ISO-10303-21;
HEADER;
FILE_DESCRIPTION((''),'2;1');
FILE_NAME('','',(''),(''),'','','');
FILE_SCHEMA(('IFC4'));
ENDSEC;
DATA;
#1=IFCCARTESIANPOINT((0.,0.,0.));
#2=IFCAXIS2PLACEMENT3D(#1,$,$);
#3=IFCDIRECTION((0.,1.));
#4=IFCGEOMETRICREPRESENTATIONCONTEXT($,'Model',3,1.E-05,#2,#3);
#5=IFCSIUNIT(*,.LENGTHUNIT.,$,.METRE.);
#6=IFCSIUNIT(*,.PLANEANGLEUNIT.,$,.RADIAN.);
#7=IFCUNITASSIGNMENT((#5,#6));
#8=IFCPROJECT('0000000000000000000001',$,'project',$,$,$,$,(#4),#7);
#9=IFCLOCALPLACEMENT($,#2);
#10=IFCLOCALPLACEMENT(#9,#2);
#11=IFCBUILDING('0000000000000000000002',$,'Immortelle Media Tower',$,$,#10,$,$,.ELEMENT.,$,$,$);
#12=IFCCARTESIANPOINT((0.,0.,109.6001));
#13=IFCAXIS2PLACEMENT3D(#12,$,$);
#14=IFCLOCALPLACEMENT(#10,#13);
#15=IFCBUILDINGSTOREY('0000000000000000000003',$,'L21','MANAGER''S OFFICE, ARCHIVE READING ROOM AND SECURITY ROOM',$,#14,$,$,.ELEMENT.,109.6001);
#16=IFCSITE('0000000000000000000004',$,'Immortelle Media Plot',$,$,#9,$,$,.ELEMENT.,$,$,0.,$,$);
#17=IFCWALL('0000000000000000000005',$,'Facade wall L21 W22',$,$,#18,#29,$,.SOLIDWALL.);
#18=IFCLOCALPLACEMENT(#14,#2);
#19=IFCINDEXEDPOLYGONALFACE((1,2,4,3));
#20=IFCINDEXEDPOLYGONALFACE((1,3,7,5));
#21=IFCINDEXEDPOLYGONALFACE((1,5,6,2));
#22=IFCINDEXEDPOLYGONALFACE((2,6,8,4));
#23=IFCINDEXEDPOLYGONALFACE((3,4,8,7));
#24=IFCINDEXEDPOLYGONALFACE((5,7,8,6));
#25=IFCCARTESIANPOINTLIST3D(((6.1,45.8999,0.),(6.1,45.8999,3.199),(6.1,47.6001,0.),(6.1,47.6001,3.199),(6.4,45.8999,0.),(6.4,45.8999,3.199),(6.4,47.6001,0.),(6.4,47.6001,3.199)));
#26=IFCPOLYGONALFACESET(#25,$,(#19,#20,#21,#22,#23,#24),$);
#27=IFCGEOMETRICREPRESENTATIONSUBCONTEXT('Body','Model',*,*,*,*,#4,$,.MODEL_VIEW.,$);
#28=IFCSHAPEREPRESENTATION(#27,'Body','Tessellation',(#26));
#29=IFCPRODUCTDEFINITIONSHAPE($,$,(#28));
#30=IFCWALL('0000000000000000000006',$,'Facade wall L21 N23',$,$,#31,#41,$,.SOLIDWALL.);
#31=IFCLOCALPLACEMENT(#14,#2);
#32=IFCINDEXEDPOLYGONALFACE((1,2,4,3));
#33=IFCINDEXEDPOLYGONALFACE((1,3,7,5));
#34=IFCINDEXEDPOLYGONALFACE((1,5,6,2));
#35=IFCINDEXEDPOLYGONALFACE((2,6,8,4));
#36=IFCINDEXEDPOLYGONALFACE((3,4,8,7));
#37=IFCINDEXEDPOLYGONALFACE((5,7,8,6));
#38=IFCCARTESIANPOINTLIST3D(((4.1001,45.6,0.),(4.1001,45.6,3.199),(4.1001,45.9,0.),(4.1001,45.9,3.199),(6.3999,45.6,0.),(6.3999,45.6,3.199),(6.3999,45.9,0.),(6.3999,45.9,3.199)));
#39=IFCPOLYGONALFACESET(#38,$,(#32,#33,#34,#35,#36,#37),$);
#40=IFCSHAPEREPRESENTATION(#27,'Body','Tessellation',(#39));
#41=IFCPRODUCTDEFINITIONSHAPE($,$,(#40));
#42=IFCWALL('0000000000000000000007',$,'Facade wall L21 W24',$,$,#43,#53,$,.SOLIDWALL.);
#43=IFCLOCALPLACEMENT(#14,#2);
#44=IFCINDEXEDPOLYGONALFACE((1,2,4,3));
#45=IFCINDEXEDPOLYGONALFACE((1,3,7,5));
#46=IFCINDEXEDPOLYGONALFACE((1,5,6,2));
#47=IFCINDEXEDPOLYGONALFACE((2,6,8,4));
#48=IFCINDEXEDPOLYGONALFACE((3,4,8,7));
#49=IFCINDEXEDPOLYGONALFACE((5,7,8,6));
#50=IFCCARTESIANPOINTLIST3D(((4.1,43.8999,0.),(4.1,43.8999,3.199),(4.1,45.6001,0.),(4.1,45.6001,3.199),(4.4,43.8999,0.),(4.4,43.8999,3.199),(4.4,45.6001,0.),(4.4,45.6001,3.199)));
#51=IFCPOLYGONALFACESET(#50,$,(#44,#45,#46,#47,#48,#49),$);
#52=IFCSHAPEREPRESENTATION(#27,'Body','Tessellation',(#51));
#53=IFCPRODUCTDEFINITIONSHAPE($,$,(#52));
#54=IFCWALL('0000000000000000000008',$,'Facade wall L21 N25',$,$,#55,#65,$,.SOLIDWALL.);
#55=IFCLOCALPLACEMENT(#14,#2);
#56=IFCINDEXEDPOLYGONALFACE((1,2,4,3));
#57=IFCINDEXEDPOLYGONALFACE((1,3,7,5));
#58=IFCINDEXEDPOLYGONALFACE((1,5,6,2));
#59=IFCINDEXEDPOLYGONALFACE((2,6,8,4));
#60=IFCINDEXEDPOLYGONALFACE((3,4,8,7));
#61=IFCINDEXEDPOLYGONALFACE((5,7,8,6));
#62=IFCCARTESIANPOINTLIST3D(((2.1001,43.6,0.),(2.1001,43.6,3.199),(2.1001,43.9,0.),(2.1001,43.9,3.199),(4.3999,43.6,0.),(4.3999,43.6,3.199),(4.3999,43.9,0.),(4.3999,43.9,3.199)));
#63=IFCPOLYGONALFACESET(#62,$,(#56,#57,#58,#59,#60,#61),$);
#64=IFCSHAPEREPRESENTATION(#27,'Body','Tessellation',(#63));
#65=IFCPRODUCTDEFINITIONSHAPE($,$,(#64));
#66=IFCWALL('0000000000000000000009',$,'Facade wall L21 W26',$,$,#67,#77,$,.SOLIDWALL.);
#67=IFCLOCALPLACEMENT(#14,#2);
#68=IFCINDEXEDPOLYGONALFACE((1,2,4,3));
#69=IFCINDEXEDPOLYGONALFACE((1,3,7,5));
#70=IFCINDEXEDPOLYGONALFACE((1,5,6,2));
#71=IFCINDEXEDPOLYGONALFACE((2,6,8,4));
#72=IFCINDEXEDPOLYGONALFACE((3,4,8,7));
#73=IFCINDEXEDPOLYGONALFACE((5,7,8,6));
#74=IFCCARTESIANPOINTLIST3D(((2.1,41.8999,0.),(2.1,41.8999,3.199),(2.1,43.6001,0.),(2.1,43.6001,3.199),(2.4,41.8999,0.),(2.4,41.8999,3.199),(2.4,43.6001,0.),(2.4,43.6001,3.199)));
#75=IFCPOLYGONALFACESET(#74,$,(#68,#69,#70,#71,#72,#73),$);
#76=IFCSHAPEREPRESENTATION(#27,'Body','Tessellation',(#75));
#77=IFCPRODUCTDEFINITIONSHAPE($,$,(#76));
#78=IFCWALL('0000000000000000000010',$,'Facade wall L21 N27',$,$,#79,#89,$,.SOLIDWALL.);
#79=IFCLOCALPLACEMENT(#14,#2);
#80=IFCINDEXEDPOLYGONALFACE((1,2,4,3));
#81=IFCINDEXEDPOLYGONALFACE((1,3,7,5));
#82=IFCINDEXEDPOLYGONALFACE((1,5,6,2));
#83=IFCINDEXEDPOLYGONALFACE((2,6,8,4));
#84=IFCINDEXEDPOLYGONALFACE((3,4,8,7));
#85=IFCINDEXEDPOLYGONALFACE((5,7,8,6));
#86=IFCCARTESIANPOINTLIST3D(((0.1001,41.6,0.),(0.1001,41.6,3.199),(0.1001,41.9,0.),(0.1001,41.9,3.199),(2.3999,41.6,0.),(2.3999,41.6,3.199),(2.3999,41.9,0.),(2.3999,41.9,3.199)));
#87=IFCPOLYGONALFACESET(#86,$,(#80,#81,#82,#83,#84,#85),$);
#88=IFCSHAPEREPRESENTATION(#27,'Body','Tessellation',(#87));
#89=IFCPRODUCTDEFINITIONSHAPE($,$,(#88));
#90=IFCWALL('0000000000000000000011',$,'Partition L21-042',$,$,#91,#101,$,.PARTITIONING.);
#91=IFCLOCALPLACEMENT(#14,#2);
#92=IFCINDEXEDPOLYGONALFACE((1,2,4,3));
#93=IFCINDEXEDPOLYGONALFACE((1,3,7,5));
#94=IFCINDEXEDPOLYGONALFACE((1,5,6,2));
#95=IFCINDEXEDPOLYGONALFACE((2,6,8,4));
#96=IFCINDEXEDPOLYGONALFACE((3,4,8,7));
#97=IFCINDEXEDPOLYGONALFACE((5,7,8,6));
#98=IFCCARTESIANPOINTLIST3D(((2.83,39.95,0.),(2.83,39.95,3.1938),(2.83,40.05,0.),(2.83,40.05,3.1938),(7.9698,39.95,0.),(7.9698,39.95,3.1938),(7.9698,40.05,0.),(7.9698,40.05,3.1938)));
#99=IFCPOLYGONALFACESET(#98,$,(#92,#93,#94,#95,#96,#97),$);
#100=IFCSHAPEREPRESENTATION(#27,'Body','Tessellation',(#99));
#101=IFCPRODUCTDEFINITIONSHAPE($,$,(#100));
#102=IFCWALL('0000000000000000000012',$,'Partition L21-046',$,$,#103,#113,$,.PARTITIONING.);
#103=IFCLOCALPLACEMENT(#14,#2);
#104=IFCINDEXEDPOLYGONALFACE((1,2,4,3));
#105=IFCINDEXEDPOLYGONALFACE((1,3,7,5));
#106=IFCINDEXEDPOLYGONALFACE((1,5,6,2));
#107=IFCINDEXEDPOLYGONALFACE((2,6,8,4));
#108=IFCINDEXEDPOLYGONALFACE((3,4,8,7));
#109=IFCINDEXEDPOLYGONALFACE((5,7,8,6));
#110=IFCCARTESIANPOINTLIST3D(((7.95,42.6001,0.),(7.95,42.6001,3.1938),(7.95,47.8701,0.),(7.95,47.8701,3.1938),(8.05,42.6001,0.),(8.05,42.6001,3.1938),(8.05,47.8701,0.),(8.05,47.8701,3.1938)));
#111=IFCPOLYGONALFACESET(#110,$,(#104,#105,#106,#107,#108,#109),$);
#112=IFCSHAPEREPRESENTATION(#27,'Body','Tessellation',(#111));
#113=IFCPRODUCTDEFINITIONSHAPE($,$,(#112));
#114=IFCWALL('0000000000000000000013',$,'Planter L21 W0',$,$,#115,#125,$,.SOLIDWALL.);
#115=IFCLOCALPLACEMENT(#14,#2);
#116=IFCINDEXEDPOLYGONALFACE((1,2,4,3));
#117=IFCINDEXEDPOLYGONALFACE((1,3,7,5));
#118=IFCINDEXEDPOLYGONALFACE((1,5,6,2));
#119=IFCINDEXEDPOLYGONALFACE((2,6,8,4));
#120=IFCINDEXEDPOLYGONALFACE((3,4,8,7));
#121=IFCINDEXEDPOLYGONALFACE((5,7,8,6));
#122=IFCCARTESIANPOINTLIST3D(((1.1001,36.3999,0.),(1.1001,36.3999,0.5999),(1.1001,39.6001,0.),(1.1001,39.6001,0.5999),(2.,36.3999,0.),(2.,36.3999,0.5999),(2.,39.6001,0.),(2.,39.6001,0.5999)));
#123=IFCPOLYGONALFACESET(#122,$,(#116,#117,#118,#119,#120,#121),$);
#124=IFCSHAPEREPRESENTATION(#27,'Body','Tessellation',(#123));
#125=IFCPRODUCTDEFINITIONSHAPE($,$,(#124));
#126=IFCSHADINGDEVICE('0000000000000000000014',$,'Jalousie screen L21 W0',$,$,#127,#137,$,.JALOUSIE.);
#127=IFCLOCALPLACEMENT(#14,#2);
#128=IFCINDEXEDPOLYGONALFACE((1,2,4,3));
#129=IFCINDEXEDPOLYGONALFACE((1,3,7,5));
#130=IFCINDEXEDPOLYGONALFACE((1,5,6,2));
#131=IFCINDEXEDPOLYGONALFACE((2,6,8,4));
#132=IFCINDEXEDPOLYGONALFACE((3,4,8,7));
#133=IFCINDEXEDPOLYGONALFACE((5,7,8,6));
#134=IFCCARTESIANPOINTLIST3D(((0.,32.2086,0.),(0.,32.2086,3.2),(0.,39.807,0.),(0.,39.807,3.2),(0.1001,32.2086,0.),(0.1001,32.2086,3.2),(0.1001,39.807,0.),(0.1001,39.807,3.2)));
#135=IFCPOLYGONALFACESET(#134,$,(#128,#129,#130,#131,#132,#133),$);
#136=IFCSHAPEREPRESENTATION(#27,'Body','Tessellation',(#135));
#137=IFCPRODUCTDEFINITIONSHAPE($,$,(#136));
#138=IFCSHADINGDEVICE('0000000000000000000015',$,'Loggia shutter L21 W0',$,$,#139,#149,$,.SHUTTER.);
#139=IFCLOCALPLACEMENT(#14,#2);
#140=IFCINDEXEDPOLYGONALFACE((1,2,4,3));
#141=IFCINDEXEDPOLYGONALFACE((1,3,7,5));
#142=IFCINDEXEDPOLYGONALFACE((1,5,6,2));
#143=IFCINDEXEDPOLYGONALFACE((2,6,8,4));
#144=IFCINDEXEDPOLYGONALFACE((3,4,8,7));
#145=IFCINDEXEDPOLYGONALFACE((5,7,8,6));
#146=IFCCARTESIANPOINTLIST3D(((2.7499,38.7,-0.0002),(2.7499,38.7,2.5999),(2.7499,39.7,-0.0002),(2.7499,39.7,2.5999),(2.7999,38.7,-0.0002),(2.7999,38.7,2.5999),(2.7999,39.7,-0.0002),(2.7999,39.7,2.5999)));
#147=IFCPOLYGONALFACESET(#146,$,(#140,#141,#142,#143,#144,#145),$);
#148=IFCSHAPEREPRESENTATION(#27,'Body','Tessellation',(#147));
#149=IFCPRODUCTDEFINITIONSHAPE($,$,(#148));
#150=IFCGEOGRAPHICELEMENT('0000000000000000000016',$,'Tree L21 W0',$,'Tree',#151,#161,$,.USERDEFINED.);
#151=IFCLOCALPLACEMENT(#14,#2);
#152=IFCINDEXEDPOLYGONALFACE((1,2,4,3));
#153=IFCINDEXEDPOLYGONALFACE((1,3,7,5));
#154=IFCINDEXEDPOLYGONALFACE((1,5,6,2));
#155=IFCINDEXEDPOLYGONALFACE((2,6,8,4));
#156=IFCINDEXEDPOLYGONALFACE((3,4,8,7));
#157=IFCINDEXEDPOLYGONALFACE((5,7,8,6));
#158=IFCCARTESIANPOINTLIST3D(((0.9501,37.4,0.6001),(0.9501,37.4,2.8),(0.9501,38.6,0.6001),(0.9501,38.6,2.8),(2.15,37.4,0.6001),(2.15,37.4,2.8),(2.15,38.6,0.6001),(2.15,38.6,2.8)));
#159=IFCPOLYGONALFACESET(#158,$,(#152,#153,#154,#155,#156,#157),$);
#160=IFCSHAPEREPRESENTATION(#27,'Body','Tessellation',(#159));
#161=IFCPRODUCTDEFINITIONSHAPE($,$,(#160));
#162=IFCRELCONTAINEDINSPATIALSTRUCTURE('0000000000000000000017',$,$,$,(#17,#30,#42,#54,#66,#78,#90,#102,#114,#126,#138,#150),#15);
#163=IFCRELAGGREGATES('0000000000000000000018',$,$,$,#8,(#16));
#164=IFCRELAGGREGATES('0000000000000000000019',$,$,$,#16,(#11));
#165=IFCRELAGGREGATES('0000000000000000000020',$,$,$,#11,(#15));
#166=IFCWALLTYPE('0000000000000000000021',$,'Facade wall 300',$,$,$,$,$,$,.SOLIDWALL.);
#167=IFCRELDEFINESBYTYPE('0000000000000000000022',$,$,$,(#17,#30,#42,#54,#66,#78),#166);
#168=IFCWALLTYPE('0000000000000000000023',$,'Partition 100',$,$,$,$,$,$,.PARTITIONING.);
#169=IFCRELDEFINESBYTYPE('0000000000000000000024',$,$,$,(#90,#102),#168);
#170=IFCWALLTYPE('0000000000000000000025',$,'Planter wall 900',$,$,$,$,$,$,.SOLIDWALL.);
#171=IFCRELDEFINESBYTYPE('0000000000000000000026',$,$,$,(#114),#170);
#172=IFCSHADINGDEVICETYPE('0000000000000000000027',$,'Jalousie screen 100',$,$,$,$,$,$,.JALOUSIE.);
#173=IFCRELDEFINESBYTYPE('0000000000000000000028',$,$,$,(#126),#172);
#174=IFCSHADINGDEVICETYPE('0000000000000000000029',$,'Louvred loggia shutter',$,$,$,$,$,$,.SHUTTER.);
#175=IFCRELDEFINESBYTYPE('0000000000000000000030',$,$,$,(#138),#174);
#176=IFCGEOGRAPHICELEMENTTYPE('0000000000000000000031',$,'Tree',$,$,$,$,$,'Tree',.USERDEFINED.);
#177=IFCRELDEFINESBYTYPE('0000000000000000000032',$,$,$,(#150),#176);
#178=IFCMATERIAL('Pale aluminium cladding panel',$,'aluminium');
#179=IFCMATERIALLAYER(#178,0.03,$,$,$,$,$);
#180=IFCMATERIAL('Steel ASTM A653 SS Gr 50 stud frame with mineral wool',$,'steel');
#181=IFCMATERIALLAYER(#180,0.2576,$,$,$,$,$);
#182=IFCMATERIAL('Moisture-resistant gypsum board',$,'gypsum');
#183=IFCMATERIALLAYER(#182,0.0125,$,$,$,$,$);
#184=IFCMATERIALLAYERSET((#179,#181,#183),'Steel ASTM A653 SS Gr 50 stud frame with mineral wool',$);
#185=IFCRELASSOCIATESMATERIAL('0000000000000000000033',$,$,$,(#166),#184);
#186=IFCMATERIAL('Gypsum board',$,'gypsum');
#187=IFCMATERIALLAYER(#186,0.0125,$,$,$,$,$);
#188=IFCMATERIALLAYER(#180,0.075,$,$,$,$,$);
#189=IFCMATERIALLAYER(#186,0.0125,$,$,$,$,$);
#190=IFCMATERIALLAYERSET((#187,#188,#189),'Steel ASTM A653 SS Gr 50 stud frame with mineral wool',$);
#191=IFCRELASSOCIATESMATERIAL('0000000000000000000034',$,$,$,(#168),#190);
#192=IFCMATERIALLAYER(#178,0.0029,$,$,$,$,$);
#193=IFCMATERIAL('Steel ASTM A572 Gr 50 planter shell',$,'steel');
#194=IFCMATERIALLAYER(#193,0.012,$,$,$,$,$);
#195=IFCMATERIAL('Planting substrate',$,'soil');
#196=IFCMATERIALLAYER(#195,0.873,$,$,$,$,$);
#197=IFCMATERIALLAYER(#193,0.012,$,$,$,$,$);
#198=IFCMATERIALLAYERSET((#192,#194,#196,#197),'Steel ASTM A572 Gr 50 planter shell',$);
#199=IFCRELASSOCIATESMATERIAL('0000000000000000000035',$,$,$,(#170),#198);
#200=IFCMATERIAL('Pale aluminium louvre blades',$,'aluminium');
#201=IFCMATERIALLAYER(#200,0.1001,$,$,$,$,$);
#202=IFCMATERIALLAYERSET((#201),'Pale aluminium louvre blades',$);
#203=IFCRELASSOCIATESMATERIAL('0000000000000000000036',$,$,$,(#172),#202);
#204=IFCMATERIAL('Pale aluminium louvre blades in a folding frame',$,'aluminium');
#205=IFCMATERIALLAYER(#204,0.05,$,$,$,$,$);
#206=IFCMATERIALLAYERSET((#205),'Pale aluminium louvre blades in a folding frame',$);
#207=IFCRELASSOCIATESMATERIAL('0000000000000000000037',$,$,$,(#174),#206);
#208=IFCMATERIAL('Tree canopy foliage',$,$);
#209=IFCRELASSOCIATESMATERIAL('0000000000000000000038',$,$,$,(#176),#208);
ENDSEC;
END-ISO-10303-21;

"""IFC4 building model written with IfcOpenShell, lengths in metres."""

from ifc_helpers import new_model, si_unit, direction, frame, frame_2d, origin, origin_2d, place, context, subcontext, project, spatial, rectangle, extrude, material, layer, layer_set, type_object, element, save


model = new_model("IFC4")

# Units and contexts
model_context = context("Model", 3, precision=1e-05, world=origin(), true_north=direction((0.0, 1.0)))
body_context = subcontext(model_context, "Body", "Model", "MODEL_VIEW")
ifc_project = project(units=[si_unit("LENGTHUNIT", "METRE"), si_unit("PLANEANGLEUNIT", "RADIAN")], contexts=[model_context])

# Site, building, storey
site_placement = place(None, origin())
site = spatial("IfcSite", under=ifc_project, at=site_placement, Name="Immortelle Media Plot", CompositionType="ELEMENT", RefElevation=0.0)
building_placement = place(site_placement, origin())
building = spatial("IfcBuilding", under=site, at=building_placement, Name="Immortelle Media Tower", CompositionType="ELEMENT")
storey_placement = place(building_placement, frame((0.0, 0.0, 109.6001)))
storey = spatial("IfcBuildingStorey", under=building, at=storey_placement, Name="L21", Description="MANAGER'S OFFICE, ARCHIVE READING ROOM AND SECURITY ROOM", CompositionType="ELEMENT", Elevation=109.6001)

# Shared definitions
ifc_material_1 = material(Name="Steel ASTM A653 SS Gr 50 stud frame with mineral wool", Category="steel")

# Shared definitions
ifc_material_2 = material(Name="Pale aluminium cladding panel", Category="aluminium")
ifc_layer_1 = layer(ifc_material_2, 0.03)
ifc_layer_2 = layer(ifc_material_1, 0.2576)
ifc_material_3 = material(Name="Moisture-resistant gypsum board", Category="gypsum")
ifc_layer_3 = layer(ifc_material_3, 0.0125)
ifc_layer_set_1 = layer_set([ifc_layer_1, ifc_layer_2, ifc_layer_3], Name="Steel ASTM A653 SS Gr 50 stud frame with mineral wool")
wall_type_1 = type_object("IfcWallType", Name="Facade wall 300", PredefinedType="SOLIDWALL", material=ifc_layer_set_1)

# Walls
wall_1_placement = place(storey_placement, frame((6.25, 47.6001, 0.0), z_axis=(0.0, 0.0, 1.0), x_axis=(0.0, -1.0, 0.0)))
element("IfcWall", 1, at=wall_1_placement, inside=storey, type_object=wall_type_1, Name="Facade wall L21 W22", PredefinedType="SOLIDWALL", context=body_context, shape_type="SweptSolid", body=[
    extrude(rectangle(XDim=1.7002, YDim=0.3, at=frame_2d((0.8501, 0.0))), origin(), (0.0, 0.0, 1.0), 3.199),
])
wall_2_placement = place(storey_placement, frame((6.3999, 45.75, 0.0), z_axis=(0.0, 0.0, 1.0), x_axis=(-1.0, 0.0, 0.0)))
element("IfcWall", 2, at=wall_2_placement, inside=storey, type_object=wall_type_1, Name="Facade wall L21 N23", PredefinedType="SOLIDWALL", context=body_context, shape_type="SweptSolid", body=[
    extrude(rectangle(XDim=2.2998, YDim=0.3, at=frame_2d((1.1499, 0.0))), origin(), (0.0, 0.0, 1.0), 3.199),
])
wall_3_placement = place(storey_placement, frame((4.25, 45.6001, 0.0), z_axis=(0.0, 0.0, 1.0), x_axis=(0.0, -1.0, 0.0)))
element("IfcWall", 3, at=wall_3_placement, inside=storey, type_object=wall_type_1, Name="Facade wall L21 W24", PredefinedType="SOLIDWALL", context=body_context, shape_type="SweptSolid", body=[
    extrude(rectangle(XDim=1.7002, YDim=0.3, at=frame_2d((0.8501, 0.0))), origin(), (0.0, 0.0, 1.0), 3.199),
])
wall_4_placement = place(storey_placement, frame((4.3999, 43.75, 0.0), z_axis=(0.0, 0.0, 1.0), x_axis=(-1.0, 0.0, 0.0)))
element("IfcWall", 4, at=wall_4_placement, inside=storey, type_object=wall_type_1, Name="Facade wall L21 N25", PredefinedType="SOLIDWALL", context=body_context, shape_type="SweptSolid", body=[
    extrude(rectangle(XDim=2.2998, YDim=0.3, at=frame_2d((1.1499, 0.0))), origin(), (0.0, 0.0, 1.0), 3.199),
])
wall_5_placement = place(storey_placement, frame((2.25, 43.6001, 0.0), z_axis=(0.0, 0.0, 1.0), x_axis=(0.0, -1.0, 0.0)))
element("IfcWall", 5, at=wall_5_placement, inside=storey, type_object=wall_type_1, Name="Facade wall L21 W26", PredefinedType="SOLIDWALL", context=body_context, shape_type="SweptSolid", body=[
    extrude(rectangle(XDim=1.7002, YDim=0.3, at=frame_2d((0.8501, 0.0))), origin(), (0.0, 0.0, 1.0), 3.199),
])
wall_6_placement = place(storey_placement, frame((2.3999, 41.75, 0.0), z_axis=(0.0, 0.0, 1.0), x_axis=(-1.0, 0.0, 0.0)))
element("IfcWall", 6, at=wall_6_placement, inside=storey, type_object=wall_type_1, Name="Facade wall L21 N27", PredefinedType="SOLIDWALL", context=body_context, shape_type="SweptSolid", body=[
    extrude(rectangle(XDim=2.2998, YDim=0.3, at=frame_2d((1.1499, 0.0))), origin(), (0.0, 0.0, 1.0), 3.199),
])
ifc_material_4 = material(Name="Gypsum board", Category="gypsum")
ifc_layer_4 = layer(ifc_material_4, 0.0125)
ifc_layer_5 = layer(ifc_material_1, 0.075)
ifc_layer_6 = layer(ifc_material_4, 0.0125)
ifc_layer_set_2 = layer_set([ifc_layer_4, ifc_layer_5, ifc_layer_6], Name="Steel ASTM A653 SS Gr 50 stud frame with mineral wool")
wall_type_2 = type_object("IfcWallType", Name="Partition 100", PredefinedType="PARTITIONING", material=ifc_layer_set_2)
wall_7_placement = place(storey_placement, frame((2.8301, 40.0, 0.0), z_axis=(0.0, 0.0, 1.0), x_axis=(1.0, 0.0, 0.0)))
element("IfcWall", 7, at=wall_7_placement, inside=storey, type_object=wall_type_2, Name="Partition L21-042", PredefinedType="PARTITIONING", context=body_context, shape_type="SweptSolid", body=[
    extrude(rectangle(XDim=5.1399, YDim=0.1001, at=frame_2d((2.5698, 0.0))), origin(), (0.0, 0.0, 1.0), 3.1938),
])
wall_8_placement = place(storey_placement, frame((8.0, 42.6001, 0.0), z_axis=(0.0, 0.0, 1.0), x_axis=(0.0, 1.0, 0.0)))
element("IfcWall", 8, at=wall_8_placement, inside=storey, type_object=wall_type_2, Name="Partition L21-046", PredefinedType="PARTITIONING", context=body_context, shape_type="SweptSolid", body=[
    extrude(rectangle(XDim=5.27, YDim=0.1001, at=frame_2d((2.635, 0.0))), origin(), (0.0, 0.0, 1.0), 3.1938),
])
ifc_layer_7 = layer(ifc_material_2, 0.0029)
ifc_material_5 = material(Name="Steel ASTM A572 Gr 50 planter shell", Category="steel")
ifc_layer_8 = layer(ifc_material_5, 0.012)
ifc_material_6 = material(Name="Planting substrate", Category="soil")
ifc_layer_9 = layer(ifc_material_6, 0.873)
ifc_layer_10 = layer(ifc_material_5, 0.012)
ifc_layer_set_3 = layer_set([ifc_layer_7, ifc_layer_8, ifc_layer_9, ifc_layer_10], Name="Steel ASTM A572 Gr 50 planter shell")
wall_type_3 = type_object("IfcWallType", Name="Planter wall 900", PredefinedType="SOLIDWALL", material=ifc_layer_set_3)
wall_9_placement = place(storey_placement, frame((1.55, 39.6001, 0.0), z_axis=(0.0, 0.0, 1.0), x_axis=(0.0, -1.0, 0.0)))
element("IfcWall", 9, at=wall_9_placement, inside=storey, type_object=wall_type_3, Name="Planter L21 W0", PredefinedType="SOLIDWALL", context=body_context, shape_type="SweptSolid", body=[
    extrude(rectangle(XDim=3.2002, YDim=0.8999, at=frame_2d((1.6001, 0.0))), origin(), (0.0, 0.0, 1.0), 0.5999),
])

# Shading devices
ifc_material_7 = material(Name="Pale aluminium louvre blades", Category="aluminium")
ifc_layer_11 = layer(ifc_material_7, 0.1001)
ifc_layer_set_4 = layer_set([ifc_layer_11], Name="Pale aluminium louvre blades")
shading_device_type_1 = type_object("IfcShadingDeviceType", Name="Jalousie screen 100", PredefinedType="JALOUSIE", material=ifc_layer_set_4)
shading_device_1_placement = place(storey_placement, frame((0.05, 36.0078, 0.0), z_axis=(0.0, 0.0, 1.0), x_axis=(0.0, -1.0, 0.0)))
element("IfcShadingDevice", 10, at=shading_device_1_placement, inside=storey, type_object=shading_device_type_1, Name="Jalousie screen L21 W0", PredefinedType="JALOUSIE", context=body_context, shape_type="SweptSolid", body=[
    extrude(rectangle(XDim=7.5984, YDim=0.1001, at=origin_2d()), origin(), (0.0, 0.0, 1.0), 3.2),
])
ifc_material_8 = material(Name="Pale aluminium louvre blades in a folding frame", Category="aluminium")
ifc_layer_12 = layer(ifc_material_8, 0.05)
ifc_layer_set_5 = layer_set([ifc_layer_12], Name="Pale aluminium louvre blades in a folding frame")
shading_device_type_2 = type_object("IfcShadingDeviceType", Name="Louvred loggia shutter", PredefinedType="SHUTTER", material=ifc_layer_set_5)
shading_device_2_placement = place(storey_placement, frame((2.7749, 39.2, -0.0002), z_axis=(0.0, 0.0, 1.0), x_axis=(0.0, -1.0, 0.0)))
element("IfcShadingDevice", 11, at=shading_device_2_placement, inside=storey, type_object=shading_device_type_2, Name="Loggia shutter L21 W0", PredefinedType="SHUTTER", context=body_context, shape_type="SweptSolid", body=[
    extrude(rectangle(XDim=1.0, YDim=0.05, at=origin_2d()), origin(), (0.0, 0.0, 1.0), 2.6001),
])

# Geographic element
ifc_material_9 = material(Name="Tree canopy foliage")
geographic_element_type = type_object("IfcGeographicElementType", Name="Tree", ElementType="Tree", PredefinedType="USERDEFINED", material=ifc_material_9)
geographic_element_placement = place(storey_placement, frame((1.55, 38.0, 0.6001), z_axis=(0.0, 0.0, 1.0), x_axis=(1.0, 0.0, 0.0)))
element("IfcGeographicElement", 12, at=geographic_element_placement, inside=storey, type_object=geographic_element_type, Name="Tree L21 W0", ObjectType="Tree", PredefinedType="USERDEFINED", context=body_context, shape_type="SweptSolid", body=[
    extrude(rectangle(XDim=1.2, YDim=1.2, at=origin_2d()), origin(), (0.0, 0.0, 1.0), 2.2),
])

save(model, "model.ifc")
